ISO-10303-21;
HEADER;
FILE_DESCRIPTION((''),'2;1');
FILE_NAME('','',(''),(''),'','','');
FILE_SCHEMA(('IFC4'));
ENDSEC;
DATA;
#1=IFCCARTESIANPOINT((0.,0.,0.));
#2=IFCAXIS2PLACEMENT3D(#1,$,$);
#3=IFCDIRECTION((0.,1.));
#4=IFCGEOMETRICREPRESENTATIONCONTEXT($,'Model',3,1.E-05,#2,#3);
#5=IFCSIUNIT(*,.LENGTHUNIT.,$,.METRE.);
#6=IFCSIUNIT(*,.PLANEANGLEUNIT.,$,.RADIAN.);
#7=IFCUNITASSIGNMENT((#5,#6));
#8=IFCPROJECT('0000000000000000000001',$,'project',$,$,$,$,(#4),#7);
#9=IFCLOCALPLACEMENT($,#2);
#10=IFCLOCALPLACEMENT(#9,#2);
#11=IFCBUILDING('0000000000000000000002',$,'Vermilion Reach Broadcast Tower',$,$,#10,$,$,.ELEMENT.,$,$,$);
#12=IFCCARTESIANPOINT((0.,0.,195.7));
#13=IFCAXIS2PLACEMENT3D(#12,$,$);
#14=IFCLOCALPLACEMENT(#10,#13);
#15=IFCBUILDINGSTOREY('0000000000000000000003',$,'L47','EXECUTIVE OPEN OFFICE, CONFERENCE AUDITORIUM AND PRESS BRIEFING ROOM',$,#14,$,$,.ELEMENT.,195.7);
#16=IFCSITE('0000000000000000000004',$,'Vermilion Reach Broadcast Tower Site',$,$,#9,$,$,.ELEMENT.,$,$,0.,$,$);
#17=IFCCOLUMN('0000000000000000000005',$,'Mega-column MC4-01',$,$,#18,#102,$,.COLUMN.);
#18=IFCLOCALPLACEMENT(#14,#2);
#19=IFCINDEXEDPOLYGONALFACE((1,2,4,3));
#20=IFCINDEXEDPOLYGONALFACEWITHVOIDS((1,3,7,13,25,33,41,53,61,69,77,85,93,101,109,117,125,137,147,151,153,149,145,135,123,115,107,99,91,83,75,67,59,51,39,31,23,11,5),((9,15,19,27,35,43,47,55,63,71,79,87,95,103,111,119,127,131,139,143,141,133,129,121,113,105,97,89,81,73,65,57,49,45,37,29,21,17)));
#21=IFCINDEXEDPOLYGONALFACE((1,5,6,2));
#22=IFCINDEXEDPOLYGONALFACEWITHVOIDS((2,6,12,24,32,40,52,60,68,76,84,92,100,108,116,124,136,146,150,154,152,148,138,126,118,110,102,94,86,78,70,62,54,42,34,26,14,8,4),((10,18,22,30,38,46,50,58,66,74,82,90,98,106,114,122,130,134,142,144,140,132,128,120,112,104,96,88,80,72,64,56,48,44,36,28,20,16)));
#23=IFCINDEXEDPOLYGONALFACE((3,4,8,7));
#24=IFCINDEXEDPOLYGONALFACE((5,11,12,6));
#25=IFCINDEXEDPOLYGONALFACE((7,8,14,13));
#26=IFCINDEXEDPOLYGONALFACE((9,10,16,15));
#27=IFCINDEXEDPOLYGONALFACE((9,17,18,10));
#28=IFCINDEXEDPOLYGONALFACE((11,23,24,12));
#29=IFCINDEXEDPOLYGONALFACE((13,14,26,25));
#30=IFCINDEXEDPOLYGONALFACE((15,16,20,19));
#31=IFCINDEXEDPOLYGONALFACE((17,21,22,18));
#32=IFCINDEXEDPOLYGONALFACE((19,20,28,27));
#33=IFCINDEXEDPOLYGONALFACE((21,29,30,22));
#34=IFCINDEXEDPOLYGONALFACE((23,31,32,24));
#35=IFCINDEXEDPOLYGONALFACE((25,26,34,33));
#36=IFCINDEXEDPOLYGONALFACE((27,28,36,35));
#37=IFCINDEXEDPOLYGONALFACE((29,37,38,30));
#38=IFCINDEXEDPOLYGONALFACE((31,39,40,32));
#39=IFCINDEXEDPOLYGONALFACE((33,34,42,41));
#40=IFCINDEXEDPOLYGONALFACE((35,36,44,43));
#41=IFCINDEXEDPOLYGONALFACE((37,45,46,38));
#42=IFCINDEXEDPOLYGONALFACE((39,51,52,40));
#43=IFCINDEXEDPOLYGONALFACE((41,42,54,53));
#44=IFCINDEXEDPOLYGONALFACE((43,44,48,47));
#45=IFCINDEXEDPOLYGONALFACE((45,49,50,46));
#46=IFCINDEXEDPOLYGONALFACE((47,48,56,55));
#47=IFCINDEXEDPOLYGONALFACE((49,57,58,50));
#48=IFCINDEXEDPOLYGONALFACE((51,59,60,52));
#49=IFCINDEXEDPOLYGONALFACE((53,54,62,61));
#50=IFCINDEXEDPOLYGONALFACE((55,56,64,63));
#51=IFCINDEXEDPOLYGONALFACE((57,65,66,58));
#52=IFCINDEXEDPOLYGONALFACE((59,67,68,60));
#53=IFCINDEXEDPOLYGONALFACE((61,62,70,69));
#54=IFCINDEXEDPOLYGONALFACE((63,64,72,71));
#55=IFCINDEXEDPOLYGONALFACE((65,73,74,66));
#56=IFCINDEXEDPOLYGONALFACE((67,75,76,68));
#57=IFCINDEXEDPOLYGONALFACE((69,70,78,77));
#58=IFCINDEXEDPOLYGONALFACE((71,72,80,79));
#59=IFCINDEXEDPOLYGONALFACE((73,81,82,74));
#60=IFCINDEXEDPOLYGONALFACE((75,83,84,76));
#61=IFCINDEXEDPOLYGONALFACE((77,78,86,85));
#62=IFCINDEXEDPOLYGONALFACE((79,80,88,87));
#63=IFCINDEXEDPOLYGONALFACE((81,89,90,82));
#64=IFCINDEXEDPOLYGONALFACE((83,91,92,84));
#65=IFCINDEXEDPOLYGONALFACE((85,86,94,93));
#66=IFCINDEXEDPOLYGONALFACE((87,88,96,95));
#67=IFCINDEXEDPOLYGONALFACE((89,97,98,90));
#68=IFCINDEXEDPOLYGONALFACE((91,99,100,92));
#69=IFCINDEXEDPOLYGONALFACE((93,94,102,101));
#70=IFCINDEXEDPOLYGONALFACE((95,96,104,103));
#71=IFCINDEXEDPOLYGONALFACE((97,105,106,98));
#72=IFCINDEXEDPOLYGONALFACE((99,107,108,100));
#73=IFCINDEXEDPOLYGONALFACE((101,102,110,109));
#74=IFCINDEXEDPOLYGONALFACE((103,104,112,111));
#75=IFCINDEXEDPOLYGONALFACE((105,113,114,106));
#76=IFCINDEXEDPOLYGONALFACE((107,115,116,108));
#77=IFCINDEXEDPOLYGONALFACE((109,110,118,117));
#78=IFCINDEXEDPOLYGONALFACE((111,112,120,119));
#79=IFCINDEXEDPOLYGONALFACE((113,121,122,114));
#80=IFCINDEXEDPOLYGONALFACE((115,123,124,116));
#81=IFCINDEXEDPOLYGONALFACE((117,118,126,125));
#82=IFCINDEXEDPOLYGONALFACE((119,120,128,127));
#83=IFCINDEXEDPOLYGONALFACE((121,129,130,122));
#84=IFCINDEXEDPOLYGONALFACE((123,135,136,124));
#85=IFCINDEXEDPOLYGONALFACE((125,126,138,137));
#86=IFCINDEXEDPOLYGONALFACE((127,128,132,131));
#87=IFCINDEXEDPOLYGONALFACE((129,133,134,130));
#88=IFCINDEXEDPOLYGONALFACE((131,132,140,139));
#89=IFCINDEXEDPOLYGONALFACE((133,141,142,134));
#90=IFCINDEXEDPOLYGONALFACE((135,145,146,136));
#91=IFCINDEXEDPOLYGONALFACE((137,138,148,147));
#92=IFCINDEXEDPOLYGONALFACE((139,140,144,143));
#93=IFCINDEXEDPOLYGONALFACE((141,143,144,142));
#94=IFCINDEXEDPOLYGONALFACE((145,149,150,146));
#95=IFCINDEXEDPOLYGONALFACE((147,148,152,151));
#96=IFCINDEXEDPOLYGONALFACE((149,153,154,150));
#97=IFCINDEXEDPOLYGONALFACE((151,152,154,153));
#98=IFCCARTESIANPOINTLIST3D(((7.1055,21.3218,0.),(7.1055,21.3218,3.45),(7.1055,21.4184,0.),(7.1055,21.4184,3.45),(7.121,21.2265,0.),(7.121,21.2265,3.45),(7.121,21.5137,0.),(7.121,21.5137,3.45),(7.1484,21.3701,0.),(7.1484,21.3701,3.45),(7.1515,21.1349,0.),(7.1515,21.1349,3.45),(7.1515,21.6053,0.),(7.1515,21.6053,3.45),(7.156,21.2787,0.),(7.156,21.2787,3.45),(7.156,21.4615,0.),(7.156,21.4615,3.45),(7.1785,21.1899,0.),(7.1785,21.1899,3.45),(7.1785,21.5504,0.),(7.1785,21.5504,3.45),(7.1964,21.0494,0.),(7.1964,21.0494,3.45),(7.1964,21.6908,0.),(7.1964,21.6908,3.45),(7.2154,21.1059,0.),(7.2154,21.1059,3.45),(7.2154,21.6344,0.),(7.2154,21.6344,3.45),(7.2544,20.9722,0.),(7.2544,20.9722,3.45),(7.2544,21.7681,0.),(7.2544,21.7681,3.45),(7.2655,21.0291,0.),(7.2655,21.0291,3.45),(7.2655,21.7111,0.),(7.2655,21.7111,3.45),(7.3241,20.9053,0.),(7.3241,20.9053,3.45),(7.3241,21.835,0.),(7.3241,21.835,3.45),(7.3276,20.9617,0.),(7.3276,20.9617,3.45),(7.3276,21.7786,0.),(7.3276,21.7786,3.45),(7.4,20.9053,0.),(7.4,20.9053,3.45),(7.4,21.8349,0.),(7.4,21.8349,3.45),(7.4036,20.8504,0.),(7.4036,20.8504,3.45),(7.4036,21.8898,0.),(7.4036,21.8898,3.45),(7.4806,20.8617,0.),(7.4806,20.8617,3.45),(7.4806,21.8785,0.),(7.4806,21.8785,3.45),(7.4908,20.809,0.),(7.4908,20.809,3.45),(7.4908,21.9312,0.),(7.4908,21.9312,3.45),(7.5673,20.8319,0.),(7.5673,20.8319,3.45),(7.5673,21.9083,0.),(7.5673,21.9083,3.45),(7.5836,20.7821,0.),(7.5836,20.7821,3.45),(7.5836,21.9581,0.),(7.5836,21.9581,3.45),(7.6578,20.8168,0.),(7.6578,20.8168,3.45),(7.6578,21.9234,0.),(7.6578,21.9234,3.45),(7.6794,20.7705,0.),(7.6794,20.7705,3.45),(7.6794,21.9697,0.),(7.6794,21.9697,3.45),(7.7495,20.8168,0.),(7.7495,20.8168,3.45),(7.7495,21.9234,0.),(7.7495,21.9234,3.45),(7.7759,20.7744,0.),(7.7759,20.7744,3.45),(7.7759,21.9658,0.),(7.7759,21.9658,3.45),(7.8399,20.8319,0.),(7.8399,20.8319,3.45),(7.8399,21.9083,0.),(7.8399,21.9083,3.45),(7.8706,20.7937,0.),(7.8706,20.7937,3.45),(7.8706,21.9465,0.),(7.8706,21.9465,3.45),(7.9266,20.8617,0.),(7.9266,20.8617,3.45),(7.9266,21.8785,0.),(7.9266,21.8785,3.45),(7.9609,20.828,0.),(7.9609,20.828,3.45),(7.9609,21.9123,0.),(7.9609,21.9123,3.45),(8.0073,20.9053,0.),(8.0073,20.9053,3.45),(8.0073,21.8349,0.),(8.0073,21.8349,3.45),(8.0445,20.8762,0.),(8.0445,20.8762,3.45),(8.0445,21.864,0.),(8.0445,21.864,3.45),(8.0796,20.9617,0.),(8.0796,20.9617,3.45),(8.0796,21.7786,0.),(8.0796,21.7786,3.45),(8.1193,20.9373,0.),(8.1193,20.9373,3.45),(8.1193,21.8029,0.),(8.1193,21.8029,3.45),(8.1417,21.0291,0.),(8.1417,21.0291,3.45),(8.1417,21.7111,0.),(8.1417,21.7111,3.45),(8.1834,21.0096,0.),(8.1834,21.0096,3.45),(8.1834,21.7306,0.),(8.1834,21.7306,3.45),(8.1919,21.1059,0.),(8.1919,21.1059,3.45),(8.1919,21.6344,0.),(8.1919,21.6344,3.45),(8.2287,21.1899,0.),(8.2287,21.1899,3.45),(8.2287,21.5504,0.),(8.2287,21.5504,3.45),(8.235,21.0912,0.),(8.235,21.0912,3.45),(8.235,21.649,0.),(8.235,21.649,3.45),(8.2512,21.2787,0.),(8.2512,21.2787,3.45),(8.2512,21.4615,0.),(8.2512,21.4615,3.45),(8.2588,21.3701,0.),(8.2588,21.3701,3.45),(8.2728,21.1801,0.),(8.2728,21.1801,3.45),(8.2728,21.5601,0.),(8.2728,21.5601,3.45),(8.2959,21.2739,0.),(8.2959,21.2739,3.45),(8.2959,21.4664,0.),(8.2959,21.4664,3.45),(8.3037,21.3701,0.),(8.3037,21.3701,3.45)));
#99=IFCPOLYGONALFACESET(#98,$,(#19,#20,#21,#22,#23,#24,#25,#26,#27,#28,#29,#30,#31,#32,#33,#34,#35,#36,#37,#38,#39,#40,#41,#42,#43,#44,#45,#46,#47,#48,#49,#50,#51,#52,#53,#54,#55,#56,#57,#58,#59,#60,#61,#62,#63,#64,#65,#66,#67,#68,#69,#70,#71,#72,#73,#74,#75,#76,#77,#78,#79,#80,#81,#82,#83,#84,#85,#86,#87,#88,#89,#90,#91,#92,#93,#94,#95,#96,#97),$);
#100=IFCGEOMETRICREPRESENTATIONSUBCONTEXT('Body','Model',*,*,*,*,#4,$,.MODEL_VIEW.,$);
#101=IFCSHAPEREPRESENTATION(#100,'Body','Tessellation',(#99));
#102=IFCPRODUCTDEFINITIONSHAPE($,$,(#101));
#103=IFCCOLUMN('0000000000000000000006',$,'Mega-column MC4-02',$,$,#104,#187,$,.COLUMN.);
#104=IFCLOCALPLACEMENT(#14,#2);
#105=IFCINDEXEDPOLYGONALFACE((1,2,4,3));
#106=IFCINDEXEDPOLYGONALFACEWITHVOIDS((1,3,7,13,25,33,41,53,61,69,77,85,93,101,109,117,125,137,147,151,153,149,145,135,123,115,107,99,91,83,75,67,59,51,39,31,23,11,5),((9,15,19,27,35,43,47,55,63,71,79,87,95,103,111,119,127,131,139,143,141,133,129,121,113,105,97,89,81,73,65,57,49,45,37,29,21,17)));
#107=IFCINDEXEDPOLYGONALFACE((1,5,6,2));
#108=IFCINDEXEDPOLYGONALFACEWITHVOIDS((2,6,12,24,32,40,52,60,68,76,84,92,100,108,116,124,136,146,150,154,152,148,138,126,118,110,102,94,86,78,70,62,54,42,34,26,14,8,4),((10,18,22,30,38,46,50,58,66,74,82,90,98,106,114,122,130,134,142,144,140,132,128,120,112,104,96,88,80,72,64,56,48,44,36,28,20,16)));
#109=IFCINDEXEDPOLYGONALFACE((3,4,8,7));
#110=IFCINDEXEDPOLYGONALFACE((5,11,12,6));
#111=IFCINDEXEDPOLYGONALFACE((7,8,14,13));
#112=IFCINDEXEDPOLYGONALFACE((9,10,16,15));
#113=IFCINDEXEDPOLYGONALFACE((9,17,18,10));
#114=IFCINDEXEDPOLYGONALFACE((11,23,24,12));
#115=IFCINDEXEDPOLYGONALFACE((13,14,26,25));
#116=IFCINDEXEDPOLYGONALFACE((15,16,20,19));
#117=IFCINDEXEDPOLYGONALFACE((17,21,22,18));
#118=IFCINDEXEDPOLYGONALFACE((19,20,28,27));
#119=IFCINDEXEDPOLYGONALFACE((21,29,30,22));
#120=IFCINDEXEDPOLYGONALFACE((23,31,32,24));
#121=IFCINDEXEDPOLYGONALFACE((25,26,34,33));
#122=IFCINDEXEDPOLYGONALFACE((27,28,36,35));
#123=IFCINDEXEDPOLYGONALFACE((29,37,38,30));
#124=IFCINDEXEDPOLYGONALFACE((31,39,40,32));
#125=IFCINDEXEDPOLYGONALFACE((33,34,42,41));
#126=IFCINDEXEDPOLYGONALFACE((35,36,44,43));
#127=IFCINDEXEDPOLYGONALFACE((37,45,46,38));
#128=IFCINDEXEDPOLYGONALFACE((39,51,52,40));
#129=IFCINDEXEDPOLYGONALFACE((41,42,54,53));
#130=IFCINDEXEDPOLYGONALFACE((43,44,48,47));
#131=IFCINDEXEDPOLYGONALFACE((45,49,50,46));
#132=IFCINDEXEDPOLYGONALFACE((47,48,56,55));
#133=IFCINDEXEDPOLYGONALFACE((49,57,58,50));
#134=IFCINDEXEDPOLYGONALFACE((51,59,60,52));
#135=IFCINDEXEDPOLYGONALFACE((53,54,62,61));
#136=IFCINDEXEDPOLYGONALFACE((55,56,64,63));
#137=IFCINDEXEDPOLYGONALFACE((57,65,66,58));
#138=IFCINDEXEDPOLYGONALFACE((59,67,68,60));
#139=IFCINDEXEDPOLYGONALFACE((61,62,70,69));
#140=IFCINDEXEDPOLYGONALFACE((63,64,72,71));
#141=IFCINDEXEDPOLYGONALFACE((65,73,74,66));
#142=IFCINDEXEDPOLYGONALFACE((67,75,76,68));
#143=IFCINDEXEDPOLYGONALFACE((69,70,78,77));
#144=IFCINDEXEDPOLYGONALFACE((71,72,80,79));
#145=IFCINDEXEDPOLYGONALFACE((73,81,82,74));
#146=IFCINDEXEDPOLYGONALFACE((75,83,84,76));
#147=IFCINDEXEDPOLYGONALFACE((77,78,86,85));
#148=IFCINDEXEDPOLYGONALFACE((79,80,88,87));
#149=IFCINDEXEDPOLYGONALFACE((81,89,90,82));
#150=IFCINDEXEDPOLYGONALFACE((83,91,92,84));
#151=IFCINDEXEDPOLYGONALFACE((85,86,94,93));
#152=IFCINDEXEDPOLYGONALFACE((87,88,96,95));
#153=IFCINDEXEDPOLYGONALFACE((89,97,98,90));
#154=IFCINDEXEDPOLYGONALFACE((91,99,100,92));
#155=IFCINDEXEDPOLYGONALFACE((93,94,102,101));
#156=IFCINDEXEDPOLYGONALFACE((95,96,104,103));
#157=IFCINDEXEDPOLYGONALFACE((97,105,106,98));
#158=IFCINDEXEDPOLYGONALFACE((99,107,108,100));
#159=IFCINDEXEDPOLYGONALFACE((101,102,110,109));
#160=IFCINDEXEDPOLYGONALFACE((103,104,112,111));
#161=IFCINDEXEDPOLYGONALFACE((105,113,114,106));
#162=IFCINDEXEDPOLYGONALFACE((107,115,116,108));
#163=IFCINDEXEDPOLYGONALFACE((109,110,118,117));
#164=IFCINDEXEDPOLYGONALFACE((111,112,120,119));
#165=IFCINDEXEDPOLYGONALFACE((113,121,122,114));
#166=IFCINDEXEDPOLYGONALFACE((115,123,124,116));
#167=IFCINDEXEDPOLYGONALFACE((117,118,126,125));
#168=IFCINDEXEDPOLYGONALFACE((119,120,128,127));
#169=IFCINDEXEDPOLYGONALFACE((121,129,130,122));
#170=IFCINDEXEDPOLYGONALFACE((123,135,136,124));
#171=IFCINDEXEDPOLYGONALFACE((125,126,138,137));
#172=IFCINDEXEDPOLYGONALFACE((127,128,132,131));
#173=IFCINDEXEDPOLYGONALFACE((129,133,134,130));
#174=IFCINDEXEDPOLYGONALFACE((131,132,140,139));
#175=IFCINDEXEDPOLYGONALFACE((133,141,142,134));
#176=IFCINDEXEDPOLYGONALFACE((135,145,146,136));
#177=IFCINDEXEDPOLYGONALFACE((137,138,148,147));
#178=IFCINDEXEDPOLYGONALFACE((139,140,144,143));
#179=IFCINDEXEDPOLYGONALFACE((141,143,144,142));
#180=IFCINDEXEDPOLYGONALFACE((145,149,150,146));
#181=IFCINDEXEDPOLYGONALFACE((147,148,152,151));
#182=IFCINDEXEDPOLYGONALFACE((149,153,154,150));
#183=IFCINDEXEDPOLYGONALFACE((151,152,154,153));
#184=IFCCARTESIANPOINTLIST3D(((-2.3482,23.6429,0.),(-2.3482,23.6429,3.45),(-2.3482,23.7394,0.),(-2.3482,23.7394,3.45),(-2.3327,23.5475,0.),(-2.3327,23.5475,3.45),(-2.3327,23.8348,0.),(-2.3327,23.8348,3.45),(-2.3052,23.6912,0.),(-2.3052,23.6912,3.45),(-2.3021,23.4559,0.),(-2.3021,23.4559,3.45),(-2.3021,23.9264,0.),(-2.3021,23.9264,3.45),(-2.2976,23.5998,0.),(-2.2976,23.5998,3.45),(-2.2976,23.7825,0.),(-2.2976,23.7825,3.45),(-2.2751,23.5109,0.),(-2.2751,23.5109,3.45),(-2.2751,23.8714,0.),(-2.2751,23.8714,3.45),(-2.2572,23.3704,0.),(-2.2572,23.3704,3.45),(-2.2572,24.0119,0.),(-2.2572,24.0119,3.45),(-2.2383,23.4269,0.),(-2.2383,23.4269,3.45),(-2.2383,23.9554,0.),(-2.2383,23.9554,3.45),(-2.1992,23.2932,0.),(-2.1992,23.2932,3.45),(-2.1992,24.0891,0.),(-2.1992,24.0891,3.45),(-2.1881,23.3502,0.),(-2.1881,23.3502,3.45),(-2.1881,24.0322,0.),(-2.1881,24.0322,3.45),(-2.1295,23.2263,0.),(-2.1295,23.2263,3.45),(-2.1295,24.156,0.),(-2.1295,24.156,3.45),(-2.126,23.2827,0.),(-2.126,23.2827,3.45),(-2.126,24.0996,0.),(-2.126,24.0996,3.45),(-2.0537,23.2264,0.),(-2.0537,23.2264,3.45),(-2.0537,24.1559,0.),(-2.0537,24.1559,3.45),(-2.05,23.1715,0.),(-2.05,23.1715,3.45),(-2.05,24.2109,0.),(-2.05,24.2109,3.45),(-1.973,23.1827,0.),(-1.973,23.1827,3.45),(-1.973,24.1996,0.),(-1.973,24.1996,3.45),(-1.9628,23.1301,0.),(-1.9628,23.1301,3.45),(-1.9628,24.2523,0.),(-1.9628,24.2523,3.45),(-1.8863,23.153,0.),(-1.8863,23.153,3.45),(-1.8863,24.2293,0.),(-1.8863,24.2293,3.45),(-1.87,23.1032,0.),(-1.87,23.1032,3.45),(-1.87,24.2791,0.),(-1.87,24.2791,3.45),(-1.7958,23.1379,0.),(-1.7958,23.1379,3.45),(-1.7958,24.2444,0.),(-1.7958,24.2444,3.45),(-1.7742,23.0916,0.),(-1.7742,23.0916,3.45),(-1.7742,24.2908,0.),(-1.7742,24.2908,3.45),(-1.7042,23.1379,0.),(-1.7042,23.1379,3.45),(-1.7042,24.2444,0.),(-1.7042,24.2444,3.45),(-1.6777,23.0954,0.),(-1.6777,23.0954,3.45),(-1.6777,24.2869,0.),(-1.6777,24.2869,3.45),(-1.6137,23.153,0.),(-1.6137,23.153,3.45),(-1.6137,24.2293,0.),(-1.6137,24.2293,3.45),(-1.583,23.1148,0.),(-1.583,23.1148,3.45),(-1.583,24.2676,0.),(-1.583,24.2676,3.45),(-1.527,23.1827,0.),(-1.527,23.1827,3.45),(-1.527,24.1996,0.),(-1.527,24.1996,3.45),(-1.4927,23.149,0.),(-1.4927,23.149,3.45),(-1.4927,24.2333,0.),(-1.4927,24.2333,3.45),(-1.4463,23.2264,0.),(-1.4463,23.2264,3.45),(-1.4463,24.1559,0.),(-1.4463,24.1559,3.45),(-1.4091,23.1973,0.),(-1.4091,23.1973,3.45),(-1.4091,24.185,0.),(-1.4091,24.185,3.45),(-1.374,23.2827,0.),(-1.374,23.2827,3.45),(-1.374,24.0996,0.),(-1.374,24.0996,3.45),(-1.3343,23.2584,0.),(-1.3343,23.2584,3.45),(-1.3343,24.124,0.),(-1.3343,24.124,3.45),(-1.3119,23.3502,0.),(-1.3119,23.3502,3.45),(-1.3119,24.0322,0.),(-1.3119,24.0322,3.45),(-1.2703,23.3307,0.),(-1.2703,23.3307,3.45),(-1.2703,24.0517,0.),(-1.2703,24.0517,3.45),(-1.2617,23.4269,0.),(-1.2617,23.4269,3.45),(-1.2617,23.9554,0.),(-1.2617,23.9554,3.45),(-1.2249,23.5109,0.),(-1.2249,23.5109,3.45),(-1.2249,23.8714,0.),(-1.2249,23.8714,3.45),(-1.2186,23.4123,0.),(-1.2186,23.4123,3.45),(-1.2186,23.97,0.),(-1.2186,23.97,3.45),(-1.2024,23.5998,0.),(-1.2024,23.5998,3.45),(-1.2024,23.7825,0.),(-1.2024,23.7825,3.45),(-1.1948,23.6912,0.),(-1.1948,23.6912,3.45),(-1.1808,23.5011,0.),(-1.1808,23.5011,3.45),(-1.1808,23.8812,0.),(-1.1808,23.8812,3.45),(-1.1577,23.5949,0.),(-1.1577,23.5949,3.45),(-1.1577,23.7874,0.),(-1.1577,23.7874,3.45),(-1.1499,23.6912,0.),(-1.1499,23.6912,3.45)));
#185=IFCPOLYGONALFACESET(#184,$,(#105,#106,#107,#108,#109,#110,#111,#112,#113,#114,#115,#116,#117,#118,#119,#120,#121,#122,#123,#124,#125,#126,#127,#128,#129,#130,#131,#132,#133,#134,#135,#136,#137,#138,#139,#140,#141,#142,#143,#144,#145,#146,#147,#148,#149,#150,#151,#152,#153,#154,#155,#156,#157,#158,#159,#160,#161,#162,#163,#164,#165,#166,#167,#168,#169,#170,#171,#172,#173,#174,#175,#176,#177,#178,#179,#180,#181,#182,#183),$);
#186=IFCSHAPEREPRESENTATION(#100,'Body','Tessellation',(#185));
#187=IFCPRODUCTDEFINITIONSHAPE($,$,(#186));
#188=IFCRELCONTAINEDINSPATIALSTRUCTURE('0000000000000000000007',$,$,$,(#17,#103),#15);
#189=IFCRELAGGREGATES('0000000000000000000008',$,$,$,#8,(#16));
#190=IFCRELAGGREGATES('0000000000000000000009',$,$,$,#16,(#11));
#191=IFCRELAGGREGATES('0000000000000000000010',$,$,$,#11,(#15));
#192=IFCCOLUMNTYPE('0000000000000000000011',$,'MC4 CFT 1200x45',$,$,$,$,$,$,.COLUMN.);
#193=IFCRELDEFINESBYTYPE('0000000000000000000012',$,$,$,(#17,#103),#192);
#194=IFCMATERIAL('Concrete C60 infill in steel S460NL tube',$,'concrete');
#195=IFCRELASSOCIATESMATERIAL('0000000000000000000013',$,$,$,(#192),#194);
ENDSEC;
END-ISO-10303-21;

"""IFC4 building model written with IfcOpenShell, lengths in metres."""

from ifc_helpers import new_model, si_unit, direction, frame, origin, origin_2d, place, context, subcontext, project, spatial, hollow_circle, extrude, material, material_profile, profile_set, type_object, element, save


model = new_model("IFC4")

# Units and contexts
model_context = context("Model", 3, precision=1e-05, world=origin(), true_north=direction((0.0, 1.0)))
body_context = subcontext(model_context, "Body", "Model", "MODEL_VIEW")
ifc_project = project(units=[si_unit("LENGTHUNIT", "METRE"), si_unit("PLANEANGLEUNIT", "RADIAN")], contexts=[model_context])

# Site, building, storey
site_placement = place(None, origin())
site = spatial("IfcSite", under=ifc_project, at=site_placement, Name="Vermilion Reach Broadcast Tower Site", CompositionType="ELEMENT", RefElevation=0.0)
building_placement = place(site_placement, origin())
building = spatial("IfcBuilding", under=site, at=building_placement, Name="Vermilion Reach Broadcast Tower", CompositionType="ELEMENT")
storey_placement = place(building_placement, frame((0.0, 0.0, 195.7)))
storey = spatial("IfcBuildingStorey", under=building, at=storey_placement, Name="L47", Description="EXECUTIVE OPEN OFFICE, CONFERENCE AUDITORIUM AND PRESS BRIEFING ROOM", CompositionType="ELEMENT", Elevation=195.7)

# Columns
ifc_material_1 = material(Name="Concrete C60 infill in steel S460NL tube", Category="concrete")
ifc_material_profile_1 = material_profile(ifc_material_1, hollow_circle(Radius=0.6001, WallThickness=0.0449, at=origin_2d()), Name="Concrete C60 infill in steel S460NL tube CFT 1200x45")
ifc_profile_set_1 = profile_set([ifc_material_profile_1], Name="Concrete C60 infill in steel S460NL tube")
column_type = type_object("IfcColumnType", Name="MC4 CFT 1200x45", PredefinedType="COLUMN", material=ifc_profile_set_1)
for number, where, z_axis, x_axis, name in (
    (1, (7.7036, 21.3701, 0.0), (0.0, 0.0, 1.0), (1.0, 0.0, 0.0), "Mega-column MC4-01"),
    (2, (-1.75, 23.6912, 0.0), (0.0, 0.0, 1.0), (1.0, 0.0, 0.0), "Mega-column MC4-02"),
):
    element("IfcColumn", number, at=place(storey_placement, frame(where, z_axis=z_axis, x_axis=x_axis)), inside=storey, type_object=column_type, Name=name, PredefinedType="COLUMN", context=body_context, shape_type="SweptSolid", body=[
        extrude(hollow_circle(Radius=0.6001, WallThickness=0.0449, at=origin_2d()), origin(), (0.0, 0.0, 1.0), 3.45),
    ])

save(model, "model.ifc")
